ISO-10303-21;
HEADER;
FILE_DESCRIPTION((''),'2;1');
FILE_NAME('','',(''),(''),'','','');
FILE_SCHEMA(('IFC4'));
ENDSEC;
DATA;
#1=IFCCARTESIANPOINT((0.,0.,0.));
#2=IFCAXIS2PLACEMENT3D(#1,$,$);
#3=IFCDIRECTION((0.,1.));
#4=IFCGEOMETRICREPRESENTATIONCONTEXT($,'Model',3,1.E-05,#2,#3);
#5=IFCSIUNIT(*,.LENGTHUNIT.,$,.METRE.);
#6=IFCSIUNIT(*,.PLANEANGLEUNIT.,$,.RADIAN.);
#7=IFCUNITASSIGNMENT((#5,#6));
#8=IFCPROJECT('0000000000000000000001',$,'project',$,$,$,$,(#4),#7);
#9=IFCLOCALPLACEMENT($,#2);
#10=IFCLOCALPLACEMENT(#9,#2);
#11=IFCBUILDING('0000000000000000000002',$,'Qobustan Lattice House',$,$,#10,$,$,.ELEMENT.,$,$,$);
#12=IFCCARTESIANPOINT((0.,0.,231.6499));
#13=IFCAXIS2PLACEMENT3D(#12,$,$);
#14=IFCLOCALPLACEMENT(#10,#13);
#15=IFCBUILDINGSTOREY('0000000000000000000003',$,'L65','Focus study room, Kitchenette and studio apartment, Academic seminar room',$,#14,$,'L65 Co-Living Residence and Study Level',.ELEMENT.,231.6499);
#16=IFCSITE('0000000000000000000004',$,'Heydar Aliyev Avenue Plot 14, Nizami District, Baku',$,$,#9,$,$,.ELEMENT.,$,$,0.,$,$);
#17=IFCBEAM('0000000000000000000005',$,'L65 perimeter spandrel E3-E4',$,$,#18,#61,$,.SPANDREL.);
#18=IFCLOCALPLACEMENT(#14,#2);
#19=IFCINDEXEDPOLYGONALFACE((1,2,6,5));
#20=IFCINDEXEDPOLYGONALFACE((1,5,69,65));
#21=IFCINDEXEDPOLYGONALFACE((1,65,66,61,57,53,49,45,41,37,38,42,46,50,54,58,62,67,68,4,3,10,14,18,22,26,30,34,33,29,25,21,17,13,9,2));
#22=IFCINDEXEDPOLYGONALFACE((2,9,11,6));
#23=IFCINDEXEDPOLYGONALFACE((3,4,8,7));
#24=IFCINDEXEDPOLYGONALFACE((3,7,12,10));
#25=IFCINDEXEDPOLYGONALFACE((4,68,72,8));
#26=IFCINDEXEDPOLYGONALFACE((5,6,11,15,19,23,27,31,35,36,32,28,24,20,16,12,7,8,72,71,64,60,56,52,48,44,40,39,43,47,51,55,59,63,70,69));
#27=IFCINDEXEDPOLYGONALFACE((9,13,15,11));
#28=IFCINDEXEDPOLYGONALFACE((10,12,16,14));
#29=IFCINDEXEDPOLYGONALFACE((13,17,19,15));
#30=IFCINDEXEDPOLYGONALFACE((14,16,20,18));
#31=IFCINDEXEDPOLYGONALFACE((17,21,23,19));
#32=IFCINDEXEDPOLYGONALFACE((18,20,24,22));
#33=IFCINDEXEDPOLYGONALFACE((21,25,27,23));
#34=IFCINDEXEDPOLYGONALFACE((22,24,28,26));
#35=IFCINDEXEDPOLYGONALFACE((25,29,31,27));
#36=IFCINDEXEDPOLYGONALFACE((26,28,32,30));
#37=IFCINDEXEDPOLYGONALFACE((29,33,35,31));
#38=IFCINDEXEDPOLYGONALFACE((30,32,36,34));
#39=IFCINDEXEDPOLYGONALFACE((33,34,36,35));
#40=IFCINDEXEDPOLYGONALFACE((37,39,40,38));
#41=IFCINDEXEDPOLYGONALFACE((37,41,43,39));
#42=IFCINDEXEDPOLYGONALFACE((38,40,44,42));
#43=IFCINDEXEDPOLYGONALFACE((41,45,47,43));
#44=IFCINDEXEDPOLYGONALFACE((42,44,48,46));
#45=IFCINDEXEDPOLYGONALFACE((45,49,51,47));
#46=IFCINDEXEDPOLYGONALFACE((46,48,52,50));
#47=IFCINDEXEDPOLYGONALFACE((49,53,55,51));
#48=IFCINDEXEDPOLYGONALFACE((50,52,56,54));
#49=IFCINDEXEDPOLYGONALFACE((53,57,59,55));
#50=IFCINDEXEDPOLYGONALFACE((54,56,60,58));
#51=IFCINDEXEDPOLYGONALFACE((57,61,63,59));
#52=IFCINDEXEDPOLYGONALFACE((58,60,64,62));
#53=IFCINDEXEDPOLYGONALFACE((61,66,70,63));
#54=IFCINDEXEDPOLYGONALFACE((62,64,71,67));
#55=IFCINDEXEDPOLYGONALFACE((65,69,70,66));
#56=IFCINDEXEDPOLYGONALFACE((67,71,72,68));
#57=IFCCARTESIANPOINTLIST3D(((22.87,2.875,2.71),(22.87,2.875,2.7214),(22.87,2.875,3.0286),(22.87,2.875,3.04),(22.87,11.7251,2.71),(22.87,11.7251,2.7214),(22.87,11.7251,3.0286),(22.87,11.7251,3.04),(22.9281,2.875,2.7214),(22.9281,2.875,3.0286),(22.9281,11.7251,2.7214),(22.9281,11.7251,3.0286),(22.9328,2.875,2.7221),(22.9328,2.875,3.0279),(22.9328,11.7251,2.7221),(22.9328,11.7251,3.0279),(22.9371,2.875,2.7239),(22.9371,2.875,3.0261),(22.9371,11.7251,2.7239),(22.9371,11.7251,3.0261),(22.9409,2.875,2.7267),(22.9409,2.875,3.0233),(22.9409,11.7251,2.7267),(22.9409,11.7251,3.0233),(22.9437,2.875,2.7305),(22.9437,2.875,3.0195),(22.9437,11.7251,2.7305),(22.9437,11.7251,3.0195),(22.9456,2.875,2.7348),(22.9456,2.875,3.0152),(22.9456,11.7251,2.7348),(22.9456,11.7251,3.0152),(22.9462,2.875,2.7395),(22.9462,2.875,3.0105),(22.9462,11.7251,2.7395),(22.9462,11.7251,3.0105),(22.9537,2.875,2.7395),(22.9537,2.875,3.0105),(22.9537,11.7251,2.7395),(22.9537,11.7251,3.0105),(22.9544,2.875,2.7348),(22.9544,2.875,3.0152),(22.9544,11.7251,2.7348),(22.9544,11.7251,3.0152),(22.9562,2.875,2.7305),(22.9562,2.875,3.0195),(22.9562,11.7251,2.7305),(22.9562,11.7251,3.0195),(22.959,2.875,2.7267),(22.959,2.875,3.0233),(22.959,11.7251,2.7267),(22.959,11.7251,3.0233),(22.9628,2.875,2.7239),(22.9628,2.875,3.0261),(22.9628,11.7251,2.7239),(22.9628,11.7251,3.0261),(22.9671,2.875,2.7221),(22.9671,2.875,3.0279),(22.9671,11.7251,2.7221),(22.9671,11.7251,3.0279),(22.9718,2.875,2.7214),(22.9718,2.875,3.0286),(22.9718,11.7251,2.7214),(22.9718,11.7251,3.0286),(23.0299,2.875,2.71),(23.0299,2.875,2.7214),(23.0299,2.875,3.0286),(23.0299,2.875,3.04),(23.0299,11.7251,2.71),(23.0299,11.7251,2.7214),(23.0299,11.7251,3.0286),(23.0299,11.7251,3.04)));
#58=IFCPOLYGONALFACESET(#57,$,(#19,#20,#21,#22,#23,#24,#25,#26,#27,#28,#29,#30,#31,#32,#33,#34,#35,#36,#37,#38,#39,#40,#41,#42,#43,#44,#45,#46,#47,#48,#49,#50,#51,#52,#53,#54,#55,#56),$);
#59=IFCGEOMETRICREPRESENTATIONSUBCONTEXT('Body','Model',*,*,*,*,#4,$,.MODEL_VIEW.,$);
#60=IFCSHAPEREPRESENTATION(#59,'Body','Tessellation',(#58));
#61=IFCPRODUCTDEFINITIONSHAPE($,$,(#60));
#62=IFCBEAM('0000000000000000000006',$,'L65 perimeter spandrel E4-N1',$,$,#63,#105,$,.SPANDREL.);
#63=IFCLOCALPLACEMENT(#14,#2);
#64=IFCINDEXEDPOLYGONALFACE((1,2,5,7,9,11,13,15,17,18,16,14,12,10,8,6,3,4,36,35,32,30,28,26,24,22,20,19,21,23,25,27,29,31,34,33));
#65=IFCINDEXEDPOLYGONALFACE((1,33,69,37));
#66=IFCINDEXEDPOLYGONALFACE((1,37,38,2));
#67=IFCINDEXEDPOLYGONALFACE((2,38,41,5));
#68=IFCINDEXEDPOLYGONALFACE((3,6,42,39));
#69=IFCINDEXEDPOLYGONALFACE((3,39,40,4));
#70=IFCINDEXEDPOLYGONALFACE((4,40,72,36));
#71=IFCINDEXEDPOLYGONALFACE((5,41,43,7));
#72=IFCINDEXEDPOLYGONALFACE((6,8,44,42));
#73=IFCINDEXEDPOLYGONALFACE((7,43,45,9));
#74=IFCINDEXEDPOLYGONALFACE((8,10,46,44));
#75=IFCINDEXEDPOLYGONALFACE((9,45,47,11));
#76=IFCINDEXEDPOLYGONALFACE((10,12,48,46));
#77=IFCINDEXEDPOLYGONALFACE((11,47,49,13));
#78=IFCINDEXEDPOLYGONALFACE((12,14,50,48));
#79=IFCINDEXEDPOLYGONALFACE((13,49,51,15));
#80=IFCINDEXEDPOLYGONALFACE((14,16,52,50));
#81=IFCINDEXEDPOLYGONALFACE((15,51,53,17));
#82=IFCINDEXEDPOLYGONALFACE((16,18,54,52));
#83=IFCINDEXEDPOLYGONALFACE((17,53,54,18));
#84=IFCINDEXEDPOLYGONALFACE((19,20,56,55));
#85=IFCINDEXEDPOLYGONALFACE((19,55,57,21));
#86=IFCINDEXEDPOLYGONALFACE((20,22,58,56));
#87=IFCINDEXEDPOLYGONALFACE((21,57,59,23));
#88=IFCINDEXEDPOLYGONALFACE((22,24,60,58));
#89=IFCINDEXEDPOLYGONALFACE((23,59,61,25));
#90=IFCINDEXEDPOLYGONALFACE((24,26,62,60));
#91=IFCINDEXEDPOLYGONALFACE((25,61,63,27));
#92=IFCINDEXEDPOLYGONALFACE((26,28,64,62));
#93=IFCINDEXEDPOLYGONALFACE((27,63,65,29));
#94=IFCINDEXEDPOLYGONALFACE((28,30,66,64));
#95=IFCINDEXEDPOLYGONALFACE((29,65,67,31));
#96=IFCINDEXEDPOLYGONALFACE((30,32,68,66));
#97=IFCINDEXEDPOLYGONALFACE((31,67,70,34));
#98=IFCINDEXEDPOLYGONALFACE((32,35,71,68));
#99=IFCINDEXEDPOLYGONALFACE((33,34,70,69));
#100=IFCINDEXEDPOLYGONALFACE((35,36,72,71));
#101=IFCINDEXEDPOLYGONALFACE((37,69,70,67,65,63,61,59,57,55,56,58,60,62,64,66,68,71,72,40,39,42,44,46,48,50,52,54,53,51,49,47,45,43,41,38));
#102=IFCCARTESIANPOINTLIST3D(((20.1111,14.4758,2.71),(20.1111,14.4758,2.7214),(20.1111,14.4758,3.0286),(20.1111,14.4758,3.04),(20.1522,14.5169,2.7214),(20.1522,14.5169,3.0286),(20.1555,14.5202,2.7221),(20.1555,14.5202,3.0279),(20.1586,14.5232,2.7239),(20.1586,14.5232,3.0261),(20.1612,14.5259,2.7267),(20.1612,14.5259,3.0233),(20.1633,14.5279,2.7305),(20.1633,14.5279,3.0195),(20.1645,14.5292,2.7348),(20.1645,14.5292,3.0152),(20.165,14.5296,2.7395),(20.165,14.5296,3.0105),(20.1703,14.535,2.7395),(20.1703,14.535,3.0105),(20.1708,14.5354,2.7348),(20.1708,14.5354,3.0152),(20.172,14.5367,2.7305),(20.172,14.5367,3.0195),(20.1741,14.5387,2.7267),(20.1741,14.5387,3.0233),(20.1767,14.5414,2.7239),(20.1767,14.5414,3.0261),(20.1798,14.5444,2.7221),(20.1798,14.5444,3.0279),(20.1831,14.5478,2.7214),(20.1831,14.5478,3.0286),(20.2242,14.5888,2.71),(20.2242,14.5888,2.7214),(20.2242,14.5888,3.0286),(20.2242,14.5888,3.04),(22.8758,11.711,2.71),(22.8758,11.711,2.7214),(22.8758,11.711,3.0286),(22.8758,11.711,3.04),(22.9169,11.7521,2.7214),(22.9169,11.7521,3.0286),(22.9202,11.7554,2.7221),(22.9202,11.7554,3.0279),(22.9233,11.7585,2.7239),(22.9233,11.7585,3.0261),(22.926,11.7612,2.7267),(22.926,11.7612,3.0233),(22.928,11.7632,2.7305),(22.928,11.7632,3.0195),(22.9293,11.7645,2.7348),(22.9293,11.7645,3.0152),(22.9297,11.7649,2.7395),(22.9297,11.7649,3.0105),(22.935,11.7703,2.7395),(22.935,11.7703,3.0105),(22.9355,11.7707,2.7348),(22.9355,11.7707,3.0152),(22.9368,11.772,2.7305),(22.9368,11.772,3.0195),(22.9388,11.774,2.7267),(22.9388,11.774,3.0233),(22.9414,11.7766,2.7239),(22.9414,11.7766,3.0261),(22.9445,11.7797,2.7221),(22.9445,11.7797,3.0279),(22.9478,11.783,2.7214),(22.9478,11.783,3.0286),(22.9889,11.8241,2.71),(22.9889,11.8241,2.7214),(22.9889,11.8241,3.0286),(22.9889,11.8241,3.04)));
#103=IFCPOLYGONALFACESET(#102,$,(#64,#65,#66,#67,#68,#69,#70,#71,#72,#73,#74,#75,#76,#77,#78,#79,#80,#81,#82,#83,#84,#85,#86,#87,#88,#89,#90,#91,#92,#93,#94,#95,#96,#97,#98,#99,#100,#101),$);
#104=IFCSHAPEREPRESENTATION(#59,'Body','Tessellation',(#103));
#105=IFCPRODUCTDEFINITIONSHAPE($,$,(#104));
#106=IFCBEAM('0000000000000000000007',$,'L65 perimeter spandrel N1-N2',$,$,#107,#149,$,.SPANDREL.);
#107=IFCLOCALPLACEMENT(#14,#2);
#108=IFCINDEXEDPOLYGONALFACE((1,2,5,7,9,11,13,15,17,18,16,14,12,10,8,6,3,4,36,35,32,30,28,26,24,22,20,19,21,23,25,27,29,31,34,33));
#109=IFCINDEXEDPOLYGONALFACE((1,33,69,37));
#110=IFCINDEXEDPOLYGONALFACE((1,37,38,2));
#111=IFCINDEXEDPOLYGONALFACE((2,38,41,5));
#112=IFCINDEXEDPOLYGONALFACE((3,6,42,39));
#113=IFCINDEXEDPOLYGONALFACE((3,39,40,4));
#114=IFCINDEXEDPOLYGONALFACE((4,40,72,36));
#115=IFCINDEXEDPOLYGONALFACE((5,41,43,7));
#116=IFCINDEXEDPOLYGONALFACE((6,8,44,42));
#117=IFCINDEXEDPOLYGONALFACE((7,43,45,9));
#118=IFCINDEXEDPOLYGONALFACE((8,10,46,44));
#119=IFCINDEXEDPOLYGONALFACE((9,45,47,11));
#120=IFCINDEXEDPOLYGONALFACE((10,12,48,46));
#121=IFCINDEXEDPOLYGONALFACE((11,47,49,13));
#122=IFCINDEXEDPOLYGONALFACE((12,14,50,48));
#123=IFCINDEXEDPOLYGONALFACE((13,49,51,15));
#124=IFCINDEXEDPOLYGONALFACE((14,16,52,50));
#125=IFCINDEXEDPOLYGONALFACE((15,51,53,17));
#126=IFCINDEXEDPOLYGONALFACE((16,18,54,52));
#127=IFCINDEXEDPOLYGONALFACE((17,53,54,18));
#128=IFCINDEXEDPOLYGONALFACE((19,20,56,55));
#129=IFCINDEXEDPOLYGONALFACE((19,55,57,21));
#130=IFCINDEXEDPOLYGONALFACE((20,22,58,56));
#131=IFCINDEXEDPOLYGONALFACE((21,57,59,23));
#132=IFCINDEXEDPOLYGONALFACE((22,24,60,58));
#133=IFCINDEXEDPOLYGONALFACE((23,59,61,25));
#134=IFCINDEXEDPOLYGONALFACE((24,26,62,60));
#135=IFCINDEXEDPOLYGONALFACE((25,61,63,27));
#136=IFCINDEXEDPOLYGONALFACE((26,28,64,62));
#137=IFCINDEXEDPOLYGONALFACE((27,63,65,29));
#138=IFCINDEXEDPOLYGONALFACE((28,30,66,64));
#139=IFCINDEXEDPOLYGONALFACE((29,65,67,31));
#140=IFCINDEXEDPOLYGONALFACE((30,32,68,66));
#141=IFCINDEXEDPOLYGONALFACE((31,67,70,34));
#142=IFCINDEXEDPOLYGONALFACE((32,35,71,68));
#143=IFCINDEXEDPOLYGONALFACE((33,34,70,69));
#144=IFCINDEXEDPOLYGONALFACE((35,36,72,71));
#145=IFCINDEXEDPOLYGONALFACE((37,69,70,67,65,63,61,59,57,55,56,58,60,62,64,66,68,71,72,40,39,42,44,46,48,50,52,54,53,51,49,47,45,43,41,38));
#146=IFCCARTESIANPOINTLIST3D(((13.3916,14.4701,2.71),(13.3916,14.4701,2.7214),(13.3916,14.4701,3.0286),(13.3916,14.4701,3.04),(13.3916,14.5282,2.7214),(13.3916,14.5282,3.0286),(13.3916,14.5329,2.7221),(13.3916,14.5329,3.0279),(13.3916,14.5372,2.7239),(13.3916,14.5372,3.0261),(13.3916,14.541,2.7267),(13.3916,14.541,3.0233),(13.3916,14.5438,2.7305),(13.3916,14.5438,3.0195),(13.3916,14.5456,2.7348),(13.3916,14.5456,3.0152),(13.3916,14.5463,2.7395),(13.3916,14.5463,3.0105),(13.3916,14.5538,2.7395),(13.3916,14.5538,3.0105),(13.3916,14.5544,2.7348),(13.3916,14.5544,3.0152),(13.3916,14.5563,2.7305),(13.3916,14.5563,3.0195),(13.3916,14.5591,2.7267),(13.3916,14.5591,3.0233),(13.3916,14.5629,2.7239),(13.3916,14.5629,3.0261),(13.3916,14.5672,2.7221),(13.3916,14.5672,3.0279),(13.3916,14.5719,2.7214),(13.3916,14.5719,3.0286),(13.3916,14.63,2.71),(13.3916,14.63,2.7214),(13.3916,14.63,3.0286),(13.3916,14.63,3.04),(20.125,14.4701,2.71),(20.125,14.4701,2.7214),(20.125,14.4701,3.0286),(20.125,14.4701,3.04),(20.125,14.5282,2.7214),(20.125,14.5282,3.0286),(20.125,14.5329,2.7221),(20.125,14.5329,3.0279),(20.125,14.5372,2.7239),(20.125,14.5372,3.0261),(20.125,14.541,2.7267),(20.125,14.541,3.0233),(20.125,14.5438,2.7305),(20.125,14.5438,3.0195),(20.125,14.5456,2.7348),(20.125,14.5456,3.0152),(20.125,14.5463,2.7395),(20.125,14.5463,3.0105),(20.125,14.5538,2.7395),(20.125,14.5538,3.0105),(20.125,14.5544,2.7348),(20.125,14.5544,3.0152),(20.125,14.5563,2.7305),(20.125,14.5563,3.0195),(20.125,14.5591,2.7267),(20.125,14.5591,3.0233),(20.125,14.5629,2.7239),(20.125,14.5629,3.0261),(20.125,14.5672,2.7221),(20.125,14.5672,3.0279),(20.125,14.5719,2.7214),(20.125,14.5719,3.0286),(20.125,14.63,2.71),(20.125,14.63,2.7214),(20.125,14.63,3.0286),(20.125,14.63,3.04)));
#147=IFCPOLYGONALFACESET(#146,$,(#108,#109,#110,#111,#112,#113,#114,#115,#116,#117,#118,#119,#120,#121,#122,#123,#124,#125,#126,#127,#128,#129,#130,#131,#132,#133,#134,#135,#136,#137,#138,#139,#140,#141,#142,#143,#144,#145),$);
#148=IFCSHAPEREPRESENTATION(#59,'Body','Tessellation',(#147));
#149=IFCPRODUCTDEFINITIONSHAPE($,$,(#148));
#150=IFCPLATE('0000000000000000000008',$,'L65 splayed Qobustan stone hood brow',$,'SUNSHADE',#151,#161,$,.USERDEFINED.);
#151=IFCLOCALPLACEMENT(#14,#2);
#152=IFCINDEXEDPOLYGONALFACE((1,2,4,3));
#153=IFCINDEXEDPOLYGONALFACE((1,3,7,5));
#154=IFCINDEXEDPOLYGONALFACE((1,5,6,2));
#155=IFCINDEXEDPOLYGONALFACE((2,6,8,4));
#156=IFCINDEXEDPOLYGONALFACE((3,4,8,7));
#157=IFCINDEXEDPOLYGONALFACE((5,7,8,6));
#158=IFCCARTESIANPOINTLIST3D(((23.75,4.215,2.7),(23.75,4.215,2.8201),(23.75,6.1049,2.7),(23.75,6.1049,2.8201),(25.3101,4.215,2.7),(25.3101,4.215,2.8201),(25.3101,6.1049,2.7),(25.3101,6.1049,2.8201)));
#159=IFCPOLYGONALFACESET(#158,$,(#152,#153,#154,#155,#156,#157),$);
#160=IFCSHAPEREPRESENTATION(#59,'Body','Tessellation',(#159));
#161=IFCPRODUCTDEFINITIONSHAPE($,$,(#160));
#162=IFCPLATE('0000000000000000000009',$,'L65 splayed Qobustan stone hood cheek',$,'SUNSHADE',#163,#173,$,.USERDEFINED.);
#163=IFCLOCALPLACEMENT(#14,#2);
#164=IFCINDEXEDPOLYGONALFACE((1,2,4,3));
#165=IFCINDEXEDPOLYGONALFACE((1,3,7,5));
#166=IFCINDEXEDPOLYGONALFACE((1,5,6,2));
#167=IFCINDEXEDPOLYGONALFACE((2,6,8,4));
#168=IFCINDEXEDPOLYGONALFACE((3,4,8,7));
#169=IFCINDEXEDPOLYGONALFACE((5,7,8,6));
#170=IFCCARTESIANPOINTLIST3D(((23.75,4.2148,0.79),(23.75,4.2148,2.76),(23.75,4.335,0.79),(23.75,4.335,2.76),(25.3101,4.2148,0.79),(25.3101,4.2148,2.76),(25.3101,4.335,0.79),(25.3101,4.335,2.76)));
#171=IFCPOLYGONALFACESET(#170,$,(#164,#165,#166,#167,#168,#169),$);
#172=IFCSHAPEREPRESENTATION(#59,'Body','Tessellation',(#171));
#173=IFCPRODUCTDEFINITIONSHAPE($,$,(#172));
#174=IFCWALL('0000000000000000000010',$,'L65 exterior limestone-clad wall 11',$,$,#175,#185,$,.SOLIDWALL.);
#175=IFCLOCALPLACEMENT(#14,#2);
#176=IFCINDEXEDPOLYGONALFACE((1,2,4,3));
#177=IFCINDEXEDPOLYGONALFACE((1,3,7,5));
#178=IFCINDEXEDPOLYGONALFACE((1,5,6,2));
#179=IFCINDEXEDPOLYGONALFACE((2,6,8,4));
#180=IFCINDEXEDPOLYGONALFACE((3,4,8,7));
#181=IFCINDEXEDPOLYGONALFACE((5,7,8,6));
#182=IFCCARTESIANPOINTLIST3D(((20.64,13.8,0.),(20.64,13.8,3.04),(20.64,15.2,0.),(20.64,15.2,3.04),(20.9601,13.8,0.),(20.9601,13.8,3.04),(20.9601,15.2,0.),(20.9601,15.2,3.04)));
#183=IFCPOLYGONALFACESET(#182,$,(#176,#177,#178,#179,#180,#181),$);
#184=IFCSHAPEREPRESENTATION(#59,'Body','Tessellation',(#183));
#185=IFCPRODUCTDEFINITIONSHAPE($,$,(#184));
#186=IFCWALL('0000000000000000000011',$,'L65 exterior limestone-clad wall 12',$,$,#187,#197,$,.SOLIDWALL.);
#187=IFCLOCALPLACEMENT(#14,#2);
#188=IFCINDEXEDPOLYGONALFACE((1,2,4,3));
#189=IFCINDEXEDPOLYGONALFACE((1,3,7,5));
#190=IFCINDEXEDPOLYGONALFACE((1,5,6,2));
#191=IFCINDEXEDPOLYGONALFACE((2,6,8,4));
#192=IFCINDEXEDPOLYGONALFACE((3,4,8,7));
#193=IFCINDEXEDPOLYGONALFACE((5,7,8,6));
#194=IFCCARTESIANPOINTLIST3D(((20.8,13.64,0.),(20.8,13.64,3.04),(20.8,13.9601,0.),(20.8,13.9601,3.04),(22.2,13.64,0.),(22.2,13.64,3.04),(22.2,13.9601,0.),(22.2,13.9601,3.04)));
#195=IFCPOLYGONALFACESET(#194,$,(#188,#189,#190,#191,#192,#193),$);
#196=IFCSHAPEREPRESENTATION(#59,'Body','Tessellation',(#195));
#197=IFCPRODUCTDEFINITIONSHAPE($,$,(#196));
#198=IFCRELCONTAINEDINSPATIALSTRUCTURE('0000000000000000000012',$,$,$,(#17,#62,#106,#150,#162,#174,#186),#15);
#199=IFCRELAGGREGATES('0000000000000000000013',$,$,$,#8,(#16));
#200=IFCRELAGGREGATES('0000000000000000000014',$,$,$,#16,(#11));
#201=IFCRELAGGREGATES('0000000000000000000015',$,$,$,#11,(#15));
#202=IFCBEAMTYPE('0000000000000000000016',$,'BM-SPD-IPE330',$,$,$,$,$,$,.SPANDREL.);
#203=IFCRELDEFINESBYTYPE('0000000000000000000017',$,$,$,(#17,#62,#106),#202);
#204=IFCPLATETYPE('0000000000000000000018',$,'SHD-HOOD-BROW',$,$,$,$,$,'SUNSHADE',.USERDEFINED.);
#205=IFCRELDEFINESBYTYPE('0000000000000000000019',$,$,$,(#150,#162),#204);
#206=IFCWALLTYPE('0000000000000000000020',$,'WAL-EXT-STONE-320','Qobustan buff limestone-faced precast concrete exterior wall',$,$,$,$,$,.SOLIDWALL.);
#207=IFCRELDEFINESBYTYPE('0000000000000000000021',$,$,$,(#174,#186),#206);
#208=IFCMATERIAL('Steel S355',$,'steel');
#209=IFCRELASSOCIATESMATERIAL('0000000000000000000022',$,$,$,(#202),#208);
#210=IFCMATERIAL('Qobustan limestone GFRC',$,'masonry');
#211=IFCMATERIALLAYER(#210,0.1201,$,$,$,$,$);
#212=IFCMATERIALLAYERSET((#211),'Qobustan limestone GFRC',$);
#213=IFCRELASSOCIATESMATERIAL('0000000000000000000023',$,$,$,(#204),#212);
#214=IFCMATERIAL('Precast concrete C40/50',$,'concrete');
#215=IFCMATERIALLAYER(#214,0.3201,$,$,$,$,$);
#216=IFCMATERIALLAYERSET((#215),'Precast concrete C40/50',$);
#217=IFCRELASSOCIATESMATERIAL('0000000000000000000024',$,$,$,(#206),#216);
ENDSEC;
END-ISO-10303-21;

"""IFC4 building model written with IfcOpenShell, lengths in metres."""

from ifc_helpers import new_model, si_unit, direction, frame, frame_2d, origin, origin_2d, place, context, subcontext, project, spatial, rectangle, i_section, extrude, material, layer, layer_set, material_profile, profile_set, type_object, element, save


model = new_model("IFC4")

# Units and contexts
model_context = context("Model", 3, precision=1e-05, world=origin(), true_north=direction((0.0, 1.0)))
body_context = subcontext(model_context, "Body", "Model", "MODEL_VIEW")
ifc_project = project(units=[si_unit("LENGTHUNIT", "METRE"), si_unit("PLANEANGLEUNIT", "RADIAN")], contexts=[model_context])

# Site, building, storey
site_placement = place(None, origin())
site = spatial("IfcSite", under=ifc_project, at=site_placement, Name="Heydar Aliyev Avenue Plot 14, Nizami District, Baku", CompositionType="ELEMENT", RefElevation=0.0)
building_placement = place(site_placement, origin())
building = spatial("IfcBuilding", under=site, at=building_placement, Name="Qobustan Lattice House", CompositionType="ELEMENT")
storey_placement = place(building_placement, frame((0.0, 0.0, 231.6499)))
storey = spatial("IfcBuildingStorey", under=building, at=storey_placement, Name="L65", Description="Focus study room, Kitchenette and studio apartment, Academic seminar room", LongName="L65 Co-Living Residence and Study Level", CompositionType="ELEMENT", Elevation=231.6499)

# Beams
ifc_material_1 = material(Name="Steel S355", Category="steel")
ifc_material_profile_1 = material_profile(ifc_material_1, i_section(OverallWidth=0.1599, OverallDepth=0.3301, WebThickness=0.0076, FlangeThickness=0.0115, FilletRadius=0.0181, at=origin_2d()), Name="IPE330")
ifc_profile_set_1 = profile_set([ifc_material_profile_1], Name="Steel S355")
beam_type_1 = type_object("IfcBeamType", Name="BM-SPD-IPE330", PredefinedType="SPANDREL", material=ifc_profile_set_1)
beam_1_placement = place(storey_placement, frame((22.95, 2.875, 2.875), z_axis=(0.0, 1.0, 0.0), x_axis=(-1.0, 0.0, 0.0)))
element("IfcBeam", 1, at=beam_1_placement, inside=storey, type_object=beam_type_1, Name="L65 perimeter spandrel E3-E4", PredefinedType="SPANDREL", context=body_context, shape_type="SweptSolid", body=[
    extrude(i_section(OverallWidth=0.1599, OverallDepth=0.3301, WebThickness=0.0076, FlangeThickness=0.0115, FilletRadius=0.0181, at=origin_2d()), origin(), (0.0, 0.0, 1.0), 8.8501),
])
beam_2_placement = place(storey_placement, frame((22.9324, 11.7676, 2.875), z_axis=(-0.707107, 0.707107, 0.0), x_axis=(-0.707107, -0.707107, 0.0)))
element("IfcBeam", 2, at=beam_2_placement, inside=storey, type_object=beam_type_1, Name="L65 perimeter spandrel E4-N1", PredefinedType="SPANDREL", context=body_context, shape_type="SweptSolid", body=[
    extrude(i_section(OverallWidth=0.1599, OverallDepth=0.3301, WebThickness=0.0076, FlangeThickness=0.0115, FilletRadius=0.0181, at=origin_2d()), origin(), (0.0, 0.0, 1.0), 3.9099),
])
beam_3_placement = place(storey_placement, frame((20.125, 14.55, 2.875), z_axis=(-1.0, 0.0, 0.0), x_axis=(0.0, -1.0, 0.0)))
element("IfcBeam", 3, at=beam_3_placement, inside=storey, type_object=beam_type_1, Name="L65 perimeter spandrel N1-N2", PredefinedType="SPANDREL", context=body_context, shape_type="SweptSolid", body=[
    extrude(i_section(OverallWidth=0.1599, OverallDepth=0.3301, WebThickness=0.0076, FlangeThickness=0.0115, FilletRadius=0.0181, at=origin_2d()), origin(), (0.0, 0.0, 1.0), 6.7334),
])

# Plates
ifc_material_2 = material(Name="Qobustan limestone GFRC", Category="masonry")
ifc_layer_1 = layer(ifc_material_2, 0.1201)
ifc_layer_set_1 = layer_set([ifc_layer_1], Name="Qobustan limestone GFRC")
plate_type = type_object("IfcPlateType", Name="SHD-HOOD-BROW", ElementType="SUNSHADE", PredefinedType="USERDEFINED", material=ifc_layer_set_1)
plate_1_placement = place(storey_placement, frame((24.53, 5.1599, 2.7), z_axis=(0.0, 0.0, 1.0), x_axis=(0.0, -1.0, 0.0)))
element("IfcPlate", 4, at=plate_1_placement, inside=storey, type_object=plate_type, Name="L65 splayed Qobustan stone hood brow", ObjectType="SUNSHADE", PredefinedType="USERDEFINED", context=body_context, shape_type="SweptSolid", body=[
    extrude(rectangle(XDim=1.8899, YDim=1.5601, at=origin_2d()), origin(), (0.0, 0.0, 1.0), 0.1201),
])
plate_2_placement = place(storey_placement, frame((24.53, 4.2749, 0.79), z_axis=(0.0, 0.0, 1.0), x_axis=(0.0, -1.0, 0.0)))
element("IfcPlate", 5, at=plate_2_placement, inside=storey, type_object=plate_type, Name="L65 splayed Qobustan stone hood cheek", ObjectType="SUNSHADE", PredefinedType="USERDEFINED", context=body_context, shape_type="SweptSolid", body=[
    extrude(rectangle(XDim=0.1201, YDim=1.5601, at=origin_2d()), origin(), (0.0, 0.0, 1.0), 1.97),
])

# Walls
ifc_material_3 = material(Name="Precast concrete C40/50", Category="concrete")
ifc_layer_2 = layer(ifc_material_3, 0.3201)
ifc_layer_set_2 = layer_set([ifc_layer_2], Name="Precast concrete C40/50")
wall_type_1 = type_object("IfcWallType", Name="WAL-EXT-STONE-320", Description="Qobustan buff limestone-faced precast concrete exterior wall", PredefinedType="SOLIDWALL", material=ifc_layer_set_2)
for number, where, z_axis, x_axis, name in (
    (6, (20.8, 15.2, 0.0), (0.0, 0.0, 1.0), (0.0, -1.0, 0.0), "L65 exterior limestone-clad wall 11"),
    (7, (20.8, 13.8, 0.0), (0.0, 0.0, 1.0), (1.0, 0.0, 0.0), "L65 exterior limestone-clad wall 12"),
):
    element("IfcWall", number, at=place(storey_placement, frame(where, z_axis=z_axis, x_axis=x_axis)), inside=storey, type_object=wall_type_1, Name=name, PredefinedType="SOLIDWALL", context=body_context, shape_type="SweptSolid", body=[
        extrude(rectangle(XDim=1.3999, YDim=0.3201, at=frame_2d((0.7, 0.0))), origin(), (0.0, 0.0, 1.0), 3.04),
    ])

save(model, "model.ifc")
